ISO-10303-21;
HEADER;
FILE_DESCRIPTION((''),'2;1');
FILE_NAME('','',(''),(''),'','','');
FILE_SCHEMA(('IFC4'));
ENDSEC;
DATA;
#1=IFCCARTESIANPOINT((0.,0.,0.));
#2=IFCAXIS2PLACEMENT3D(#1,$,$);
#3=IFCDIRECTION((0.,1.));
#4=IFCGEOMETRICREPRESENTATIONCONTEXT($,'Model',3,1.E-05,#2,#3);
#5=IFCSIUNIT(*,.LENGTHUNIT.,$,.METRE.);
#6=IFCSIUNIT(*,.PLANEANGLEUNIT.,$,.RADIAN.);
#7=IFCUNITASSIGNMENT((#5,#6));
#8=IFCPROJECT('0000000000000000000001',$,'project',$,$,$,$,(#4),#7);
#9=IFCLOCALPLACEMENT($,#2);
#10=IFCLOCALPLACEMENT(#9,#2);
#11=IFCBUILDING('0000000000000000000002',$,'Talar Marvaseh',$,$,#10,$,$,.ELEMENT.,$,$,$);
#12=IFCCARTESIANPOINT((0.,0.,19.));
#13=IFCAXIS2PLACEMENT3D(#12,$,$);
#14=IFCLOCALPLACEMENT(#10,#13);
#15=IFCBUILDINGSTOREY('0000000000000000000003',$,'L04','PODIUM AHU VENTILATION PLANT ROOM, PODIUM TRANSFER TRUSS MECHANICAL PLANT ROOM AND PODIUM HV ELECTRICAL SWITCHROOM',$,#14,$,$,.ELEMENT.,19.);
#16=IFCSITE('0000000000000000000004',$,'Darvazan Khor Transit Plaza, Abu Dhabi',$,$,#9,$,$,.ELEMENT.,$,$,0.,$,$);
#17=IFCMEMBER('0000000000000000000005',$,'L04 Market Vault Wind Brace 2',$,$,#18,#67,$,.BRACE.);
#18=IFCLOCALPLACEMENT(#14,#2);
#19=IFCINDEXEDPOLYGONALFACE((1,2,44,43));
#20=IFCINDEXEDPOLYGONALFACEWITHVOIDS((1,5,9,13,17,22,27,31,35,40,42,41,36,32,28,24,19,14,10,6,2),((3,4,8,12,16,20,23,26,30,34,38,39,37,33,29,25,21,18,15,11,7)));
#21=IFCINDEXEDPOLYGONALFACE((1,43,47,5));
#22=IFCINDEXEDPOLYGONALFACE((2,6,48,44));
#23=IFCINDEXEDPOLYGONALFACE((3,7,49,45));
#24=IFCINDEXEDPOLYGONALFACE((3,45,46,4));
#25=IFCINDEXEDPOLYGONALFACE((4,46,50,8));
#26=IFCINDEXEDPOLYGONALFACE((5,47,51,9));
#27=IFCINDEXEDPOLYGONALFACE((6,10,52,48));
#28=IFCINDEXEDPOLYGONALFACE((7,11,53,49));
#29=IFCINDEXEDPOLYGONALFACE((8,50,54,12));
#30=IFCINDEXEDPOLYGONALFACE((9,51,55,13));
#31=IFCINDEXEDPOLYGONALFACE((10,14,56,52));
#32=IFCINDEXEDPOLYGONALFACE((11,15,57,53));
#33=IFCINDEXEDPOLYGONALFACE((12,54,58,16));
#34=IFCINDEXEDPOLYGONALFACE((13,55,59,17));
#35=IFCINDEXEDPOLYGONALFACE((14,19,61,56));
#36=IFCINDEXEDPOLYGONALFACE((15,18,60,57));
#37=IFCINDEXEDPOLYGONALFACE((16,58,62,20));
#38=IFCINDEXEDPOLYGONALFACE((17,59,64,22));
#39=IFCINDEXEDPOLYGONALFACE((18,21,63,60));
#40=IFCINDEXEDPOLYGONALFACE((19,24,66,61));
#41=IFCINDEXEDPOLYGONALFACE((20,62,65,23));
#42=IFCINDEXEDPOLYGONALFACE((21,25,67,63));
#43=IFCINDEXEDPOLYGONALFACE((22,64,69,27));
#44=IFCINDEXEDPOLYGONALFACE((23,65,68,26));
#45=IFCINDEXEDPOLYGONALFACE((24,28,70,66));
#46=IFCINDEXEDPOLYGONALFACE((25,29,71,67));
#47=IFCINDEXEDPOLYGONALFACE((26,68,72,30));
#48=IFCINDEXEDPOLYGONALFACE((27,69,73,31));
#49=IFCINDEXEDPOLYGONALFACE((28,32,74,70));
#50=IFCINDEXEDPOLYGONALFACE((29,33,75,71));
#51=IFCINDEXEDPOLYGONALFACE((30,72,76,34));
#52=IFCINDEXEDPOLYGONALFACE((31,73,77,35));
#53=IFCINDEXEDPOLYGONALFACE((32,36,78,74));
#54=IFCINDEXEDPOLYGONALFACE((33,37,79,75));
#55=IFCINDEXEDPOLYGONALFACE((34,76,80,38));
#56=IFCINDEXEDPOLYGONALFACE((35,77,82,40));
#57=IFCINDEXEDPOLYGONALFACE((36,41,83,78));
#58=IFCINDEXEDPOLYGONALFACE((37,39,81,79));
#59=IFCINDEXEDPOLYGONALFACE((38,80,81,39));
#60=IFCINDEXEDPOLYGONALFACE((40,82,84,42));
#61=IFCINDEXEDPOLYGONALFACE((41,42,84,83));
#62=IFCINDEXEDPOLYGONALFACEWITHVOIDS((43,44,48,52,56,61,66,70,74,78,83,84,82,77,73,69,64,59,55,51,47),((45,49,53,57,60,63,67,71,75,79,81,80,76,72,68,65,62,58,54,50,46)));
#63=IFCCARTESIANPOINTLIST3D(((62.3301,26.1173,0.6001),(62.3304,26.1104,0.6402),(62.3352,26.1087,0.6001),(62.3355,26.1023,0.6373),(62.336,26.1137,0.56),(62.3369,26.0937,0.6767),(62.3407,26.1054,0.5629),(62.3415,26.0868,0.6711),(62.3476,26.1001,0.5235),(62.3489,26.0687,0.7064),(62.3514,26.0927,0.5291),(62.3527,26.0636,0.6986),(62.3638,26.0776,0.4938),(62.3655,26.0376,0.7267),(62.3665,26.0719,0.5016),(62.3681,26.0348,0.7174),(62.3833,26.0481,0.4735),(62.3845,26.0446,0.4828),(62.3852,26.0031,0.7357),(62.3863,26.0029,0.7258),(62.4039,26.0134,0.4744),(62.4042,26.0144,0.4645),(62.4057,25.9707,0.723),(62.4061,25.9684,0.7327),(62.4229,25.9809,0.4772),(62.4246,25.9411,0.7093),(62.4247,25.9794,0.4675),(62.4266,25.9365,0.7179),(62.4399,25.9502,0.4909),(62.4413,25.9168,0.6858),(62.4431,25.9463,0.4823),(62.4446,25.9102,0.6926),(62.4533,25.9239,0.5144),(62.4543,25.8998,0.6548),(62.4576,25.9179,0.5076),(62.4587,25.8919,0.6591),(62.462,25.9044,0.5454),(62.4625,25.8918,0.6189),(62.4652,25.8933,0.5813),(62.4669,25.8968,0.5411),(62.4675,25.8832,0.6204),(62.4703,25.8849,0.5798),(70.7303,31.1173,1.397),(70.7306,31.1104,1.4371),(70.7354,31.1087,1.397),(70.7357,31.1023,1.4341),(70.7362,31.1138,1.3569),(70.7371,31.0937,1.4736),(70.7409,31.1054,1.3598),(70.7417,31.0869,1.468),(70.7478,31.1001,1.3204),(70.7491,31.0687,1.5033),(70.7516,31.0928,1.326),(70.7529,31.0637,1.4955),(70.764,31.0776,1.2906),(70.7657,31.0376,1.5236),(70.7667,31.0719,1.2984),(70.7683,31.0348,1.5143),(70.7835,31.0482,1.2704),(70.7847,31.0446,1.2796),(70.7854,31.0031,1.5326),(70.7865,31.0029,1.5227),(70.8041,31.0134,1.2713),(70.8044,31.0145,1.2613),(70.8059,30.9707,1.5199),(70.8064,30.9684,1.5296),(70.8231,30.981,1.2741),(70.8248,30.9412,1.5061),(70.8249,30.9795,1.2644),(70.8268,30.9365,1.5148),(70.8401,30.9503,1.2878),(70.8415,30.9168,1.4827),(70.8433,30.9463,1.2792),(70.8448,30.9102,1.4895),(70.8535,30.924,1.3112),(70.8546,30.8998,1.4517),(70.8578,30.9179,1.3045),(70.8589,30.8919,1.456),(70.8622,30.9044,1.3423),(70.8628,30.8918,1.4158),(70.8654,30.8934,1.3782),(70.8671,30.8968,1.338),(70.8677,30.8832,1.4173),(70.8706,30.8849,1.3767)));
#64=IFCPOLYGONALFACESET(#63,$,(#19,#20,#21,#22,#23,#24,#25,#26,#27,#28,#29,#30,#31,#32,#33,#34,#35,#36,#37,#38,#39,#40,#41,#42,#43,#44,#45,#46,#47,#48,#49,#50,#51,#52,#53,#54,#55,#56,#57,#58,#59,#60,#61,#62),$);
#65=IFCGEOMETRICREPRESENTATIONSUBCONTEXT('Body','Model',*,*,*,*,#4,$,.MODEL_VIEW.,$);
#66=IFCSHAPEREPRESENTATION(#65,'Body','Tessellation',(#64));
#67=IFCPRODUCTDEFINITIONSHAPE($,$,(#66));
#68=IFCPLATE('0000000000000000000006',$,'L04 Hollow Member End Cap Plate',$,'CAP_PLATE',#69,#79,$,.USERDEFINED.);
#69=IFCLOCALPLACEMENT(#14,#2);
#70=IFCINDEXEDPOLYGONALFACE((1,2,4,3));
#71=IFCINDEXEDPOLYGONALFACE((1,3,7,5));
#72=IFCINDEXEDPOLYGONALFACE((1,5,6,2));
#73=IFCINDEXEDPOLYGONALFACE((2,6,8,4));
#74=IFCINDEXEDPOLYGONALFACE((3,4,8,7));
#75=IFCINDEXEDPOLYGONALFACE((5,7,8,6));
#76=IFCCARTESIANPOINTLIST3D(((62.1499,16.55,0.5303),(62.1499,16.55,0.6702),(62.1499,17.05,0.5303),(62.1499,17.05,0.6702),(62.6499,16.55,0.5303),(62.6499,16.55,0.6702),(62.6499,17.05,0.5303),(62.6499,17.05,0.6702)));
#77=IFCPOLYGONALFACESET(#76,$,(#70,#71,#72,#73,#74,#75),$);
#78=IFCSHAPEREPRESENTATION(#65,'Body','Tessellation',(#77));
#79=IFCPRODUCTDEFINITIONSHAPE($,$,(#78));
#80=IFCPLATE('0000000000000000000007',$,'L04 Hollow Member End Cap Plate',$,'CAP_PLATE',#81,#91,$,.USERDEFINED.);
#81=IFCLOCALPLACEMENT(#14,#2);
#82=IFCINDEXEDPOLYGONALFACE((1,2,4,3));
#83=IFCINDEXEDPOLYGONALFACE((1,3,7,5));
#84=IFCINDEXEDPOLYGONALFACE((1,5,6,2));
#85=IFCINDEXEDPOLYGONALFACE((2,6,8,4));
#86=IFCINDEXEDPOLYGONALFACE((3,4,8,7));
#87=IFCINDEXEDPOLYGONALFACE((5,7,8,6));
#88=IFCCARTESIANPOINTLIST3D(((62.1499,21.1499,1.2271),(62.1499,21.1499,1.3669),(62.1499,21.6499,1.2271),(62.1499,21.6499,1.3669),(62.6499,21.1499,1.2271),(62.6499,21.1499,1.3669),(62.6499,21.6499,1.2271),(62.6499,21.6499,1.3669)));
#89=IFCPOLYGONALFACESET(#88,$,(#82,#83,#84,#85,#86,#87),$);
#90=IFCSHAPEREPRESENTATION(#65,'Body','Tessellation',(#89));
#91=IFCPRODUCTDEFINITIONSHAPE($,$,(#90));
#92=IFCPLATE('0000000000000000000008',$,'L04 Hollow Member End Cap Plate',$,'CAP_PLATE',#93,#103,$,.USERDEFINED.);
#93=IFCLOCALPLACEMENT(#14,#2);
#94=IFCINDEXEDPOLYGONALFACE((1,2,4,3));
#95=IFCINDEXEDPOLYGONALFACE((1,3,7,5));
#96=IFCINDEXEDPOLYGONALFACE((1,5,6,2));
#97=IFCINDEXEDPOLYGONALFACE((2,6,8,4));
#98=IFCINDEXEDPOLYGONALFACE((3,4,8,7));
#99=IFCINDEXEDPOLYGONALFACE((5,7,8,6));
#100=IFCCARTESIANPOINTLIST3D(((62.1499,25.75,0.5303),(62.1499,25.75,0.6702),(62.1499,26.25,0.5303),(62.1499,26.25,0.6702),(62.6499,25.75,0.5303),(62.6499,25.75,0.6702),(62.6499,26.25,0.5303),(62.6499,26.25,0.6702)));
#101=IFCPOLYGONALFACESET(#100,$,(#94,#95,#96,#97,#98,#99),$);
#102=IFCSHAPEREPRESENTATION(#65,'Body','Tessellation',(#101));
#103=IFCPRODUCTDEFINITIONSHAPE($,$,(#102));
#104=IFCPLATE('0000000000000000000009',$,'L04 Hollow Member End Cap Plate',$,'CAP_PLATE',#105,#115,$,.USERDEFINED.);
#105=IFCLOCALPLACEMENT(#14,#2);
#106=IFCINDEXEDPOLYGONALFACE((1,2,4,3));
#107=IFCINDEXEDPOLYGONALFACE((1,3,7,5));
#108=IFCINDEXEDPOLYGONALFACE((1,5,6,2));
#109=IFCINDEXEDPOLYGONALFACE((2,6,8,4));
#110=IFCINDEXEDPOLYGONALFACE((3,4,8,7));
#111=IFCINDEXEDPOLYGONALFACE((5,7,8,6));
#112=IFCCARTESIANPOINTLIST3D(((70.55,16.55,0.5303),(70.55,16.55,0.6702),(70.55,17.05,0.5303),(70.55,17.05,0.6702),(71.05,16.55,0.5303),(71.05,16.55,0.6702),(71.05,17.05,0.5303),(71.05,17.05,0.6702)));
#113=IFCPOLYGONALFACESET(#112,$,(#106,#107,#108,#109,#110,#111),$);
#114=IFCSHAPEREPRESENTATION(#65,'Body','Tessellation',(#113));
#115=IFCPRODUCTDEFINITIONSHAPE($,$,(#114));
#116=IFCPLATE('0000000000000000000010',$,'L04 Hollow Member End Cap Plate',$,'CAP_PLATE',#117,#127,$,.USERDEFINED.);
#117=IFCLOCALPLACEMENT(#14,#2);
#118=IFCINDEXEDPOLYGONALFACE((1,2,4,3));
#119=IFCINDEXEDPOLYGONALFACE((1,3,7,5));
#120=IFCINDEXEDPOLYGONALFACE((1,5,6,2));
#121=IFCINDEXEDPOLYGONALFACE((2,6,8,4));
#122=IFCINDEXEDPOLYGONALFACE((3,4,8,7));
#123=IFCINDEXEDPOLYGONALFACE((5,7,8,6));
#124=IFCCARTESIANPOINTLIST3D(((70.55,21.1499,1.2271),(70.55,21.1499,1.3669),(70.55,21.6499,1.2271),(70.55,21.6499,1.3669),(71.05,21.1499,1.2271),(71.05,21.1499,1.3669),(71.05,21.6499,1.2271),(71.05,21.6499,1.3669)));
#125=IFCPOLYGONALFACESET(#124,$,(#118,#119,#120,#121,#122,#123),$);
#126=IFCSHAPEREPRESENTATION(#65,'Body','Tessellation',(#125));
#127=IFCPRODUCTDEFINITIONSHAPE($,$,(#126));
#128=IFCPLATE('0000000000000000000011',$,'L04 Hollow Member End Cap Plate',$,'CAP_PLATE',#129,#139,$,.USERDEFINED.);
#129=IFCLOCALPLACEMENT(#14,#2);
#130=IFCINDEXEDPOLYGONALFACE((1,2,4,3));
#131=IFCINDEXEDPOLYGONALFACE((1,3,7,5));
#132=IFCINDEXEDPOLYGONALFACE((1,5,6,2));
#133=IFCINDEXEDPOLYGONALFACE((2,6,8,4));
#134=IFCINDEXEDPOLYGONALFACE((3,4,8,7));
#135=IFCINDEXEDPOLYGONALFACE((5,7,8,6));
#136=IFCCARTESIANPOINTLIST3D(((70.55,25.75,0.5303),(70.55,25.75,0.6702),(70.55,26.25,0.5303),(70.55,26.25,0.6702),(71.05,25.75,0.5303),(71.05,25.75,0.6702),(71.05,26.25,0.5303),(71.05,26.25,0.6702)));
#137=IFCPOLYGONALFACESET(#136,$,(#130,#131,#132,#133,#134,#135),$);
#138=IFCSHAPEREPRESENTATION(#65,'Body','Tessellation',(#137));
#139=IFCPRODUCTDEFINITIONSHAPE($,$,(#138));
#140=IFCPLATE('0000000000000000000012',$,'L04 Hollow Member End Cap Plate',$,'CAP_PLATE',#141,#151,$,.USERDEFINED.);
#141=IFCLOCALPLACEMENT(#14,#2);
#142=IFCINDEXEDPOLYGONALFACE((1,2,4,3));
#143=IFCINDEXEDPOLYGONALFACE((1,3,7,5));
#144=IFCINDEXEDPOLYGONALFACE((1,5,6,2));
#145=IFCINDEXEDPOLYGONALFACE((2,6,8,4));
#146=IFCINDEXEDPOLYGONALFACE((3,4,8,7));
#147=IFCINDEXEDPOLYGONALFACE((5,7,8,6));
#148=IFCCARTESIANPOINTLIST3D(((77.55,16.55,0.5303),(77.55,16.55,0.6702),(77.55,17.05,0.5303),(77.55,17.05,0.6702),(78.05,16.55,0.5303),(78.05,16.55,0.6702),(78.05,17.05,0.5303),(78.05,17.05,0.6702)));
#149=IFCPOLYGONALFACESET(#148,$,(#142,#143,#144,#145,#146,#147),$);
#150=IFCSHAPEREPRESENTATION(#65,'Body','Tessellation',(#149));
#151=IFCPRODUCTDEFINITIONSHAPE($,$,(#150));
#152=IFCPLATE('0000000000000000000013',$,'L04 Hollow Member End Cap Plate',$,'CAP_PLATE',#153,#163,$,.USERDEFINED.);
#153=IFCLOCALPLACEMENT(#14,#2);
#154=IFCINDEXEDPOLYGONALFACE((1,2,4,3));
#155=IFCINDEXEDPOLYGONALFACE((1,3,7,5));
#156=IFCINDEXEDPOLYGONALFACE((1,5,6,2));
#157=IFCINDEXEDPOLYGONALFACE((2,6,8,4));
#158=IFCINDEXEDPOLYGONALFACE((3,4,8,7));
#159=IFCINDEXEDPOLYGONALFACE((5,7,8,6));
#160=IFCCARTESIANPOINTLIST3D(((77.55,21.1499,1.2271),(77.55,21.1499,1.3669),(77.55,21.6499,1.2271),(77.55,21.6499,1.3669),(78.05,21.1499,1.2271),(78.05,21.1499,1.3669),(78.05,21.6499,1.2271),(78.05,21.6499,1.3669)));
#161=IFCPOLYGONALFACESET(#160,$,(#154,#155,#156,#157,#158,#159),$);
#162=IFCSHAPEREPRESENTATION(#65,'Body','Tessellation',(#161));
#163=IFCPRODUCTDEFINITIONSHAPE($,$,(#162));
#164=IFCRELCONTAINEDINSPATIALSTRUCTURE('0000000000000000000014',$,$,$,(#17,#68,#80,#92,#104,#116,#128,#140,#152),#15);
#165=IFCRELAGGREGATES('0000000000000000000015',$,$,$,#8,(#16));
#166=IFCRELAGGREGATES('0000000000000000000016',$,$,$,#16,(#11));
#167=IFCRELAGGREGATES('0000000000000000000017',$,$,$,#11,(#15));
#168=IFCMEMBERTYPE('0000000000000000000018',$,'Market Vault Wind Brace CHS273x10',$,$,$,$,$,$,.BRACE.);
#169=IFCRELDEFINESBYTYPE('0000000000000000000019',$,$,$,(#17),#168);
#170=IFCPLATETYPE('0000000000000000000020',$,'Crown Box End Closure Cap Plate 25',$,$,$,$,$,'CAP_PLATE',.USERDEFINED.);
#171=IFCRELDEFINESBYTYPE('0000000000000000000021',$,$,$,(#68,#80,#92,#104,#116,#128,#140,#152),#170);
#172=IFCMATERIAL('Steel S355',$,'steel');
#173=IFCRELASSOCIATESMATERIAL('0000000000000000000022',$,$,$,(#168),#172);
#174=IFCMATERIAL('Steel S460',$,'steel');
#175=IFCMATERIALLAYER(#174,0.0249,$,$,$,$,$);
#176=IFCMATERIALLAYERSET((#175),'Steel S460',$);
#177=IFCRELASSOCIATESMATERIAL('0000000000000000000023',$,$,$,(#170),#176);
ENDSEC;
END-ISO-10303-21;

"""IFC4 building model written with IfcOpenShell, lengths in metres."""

from ifc_helpers import new_model, si_unit, direction, frame, origin, origin_2d, place, context, subcontext, project, spatial, rectangle, hollow_circle, extrude, source, transform, mapped, material, layer, layer_set, material_profile, profile_set, type_object, type_shapes, element, save


model = new_model("IFC4")

# Units and contexts
model_context = context("Model", 3, precision=1e-05, world=origin(), true_north=direction((0.0, 1.0)))
body_context = subcontext(model_context, "Body", "Model", "MODEL_VIEW")
ifc_project = project(units=[si_unit("LENGTHUNIT", "METRE"), si_unit("PLANEANGLEUNIT", "RADIAN")], contexts=[model_context])

# Site, building, storey
site_placement = place(None, origin())
site = spatial("IfcSite", under=ifc_project, at=site_placement, Name="Darvazan Khor Transit Plaza, Abu Dhabi", CompositionType="ELEMENT", RefElevation=0.0)
building_placement = place(site_placement, origin())
building = spatial("IfcBuilding", under=site, at=building_placement, Name="Talar Marvaseh", CompositionType="ELEMENT")
storey_placement = place(building_placement, frame((0.0, 0.0, 19.0)))
storey = spatial("IfcBuildingStorey", under=building, at=storey_placement, Name="L04", Description="PODIUM AHU VENTILATION PLANT ROOM, PODIUM TRANSFER TRUSS MECHANICAL PLANT ROOM AND PODIUM HV ELECTRICAL SWITCHROOM", CompositionType="ELEMENT", Elevation=19.0)

# Shared definitions
ifc_material_1 = material(Name="Steel S355", Category="steel")

# Member
ifc_material_profile_1 = material_profile(ifc_material_1, hollow_circle(Radius=0.1365, WallThickness=0.01, at=origin_2d()), Name="CHS273x10")
ifc_profile_set_1 = profile_set([ifc_material_profile_1], Name="Steel S355")
member_type_1 = type_object("IfcMemberType", Name="Market Vault Wind Brace CHS273x10", PredefinedType="BRACE", material=ifc_profile_set_1)
shared_shape_1 = source(origin(), body_context, "Body", "SweptSolid", [
    extrude(hollow_circle(Radius=0.1365, WallThickness=0.01, at=origin_2d()), origin(), (0.0, 0.0, 1.0), 9.8081),
])
member_1_placement = place(storey_placement, frame((62.3999, 26.0, 0.6001), z_axis=(0.856456, 0.509786, 0.081247), x_axis=(-0.511477, 0.859297, 0.0)))
element("IfcMember", 1, at=member_1_placement, inside=storey, type_object=member_type_1, Name="L04 Market Vault Wind Brace 2", PredefinedType="BRACE", context=body_context, shape_type="MappedRepresentation", body=[
    mapped(shared_shape_1, transform((0.0, 0.0, 0.0), x_axis=(1.0, 0.0, 0.0), y_axis=(0.0, 1.0, 0.0), z_axis=(0.0, 0.0, 1.0), scale=1.0)),
])

# Plates
ifc_material_2 = material(Name="Steel S460", Category="steel")
ifc_layer = layer(ifc_material_2, 0.0249)
ifc_layer_set = layer_set([ifc_layer], Name="Steel S460")
plate_type = type_object("IfcPlateType", Name="Crown Box End Closure Cap Plate 25", ElementType="CAP_PLATE", PredefinedType="USERDEFINED", material=ifc_layer_set)
shared_shape_2 = source(origin(), body_context, "Body", "SweptSolid", [
    extrude(rectangle(XDim=0.5, YDim=0.5, at=origin_2d()), origin(), (0.0, 0.0, 1.0), 0.1399),
])
type_shapes(plate_type, [shared_shape_2])
for number, where, z_axis, x_axis, name in (
    (2, (62.3999, 16.8, 0.5303), (0.0, 0.0, 1.0), (0.0, 1.0, 0.0), "L04 Hollow Member End Cap Plate"),
    (3, (62.3999, 21.3999, 1.2271), (0.0, 0.0, 1.0), (0.0, 1.0, 0.0), "L04 Hollow Member End Cap Plate"),
    (4, (62.3999, 26.0, 0.5303), (0.0, 0.0, 1.0), (0.0, 1.0, 0.0), "L04 Hollow Member End Cap Plate"),
    (5, (70.8, 16.8, 0.5303), (0.0, 0.0, 1.0), (0.0, 1.0, 0.0), "L04 Hollow Member End Cap Plate"),
    (6, (70.8, 21.3999, 1.2271), (0.0, 0.0, 1.0), (0.0, 1.0, 0.0), "L04 Hollow Member End Cap Plate"),
    (7, (70.8, 26.0, 0.5303), (0.0, 0.0, 1.0), (0.0, 1.0, 0.0), "L04 Hollow Member End Cap Plate"),
    (8, (77.8, 16.8, 0.5303), (0.0, 0.0, 1.0), (0.0, 1.0, 0.0), "L04 Hollow Member End Cap Plate"),
    (9, (77.8, 21.3999, 1.2271), (0.0, 0.0, 1.0), (0.0, 1.0, 0.0), "L04 Hollow Member End Cap Plate"),
):
    element("IfcPlate", number, at=place(storey_placement, frame(where, z_axis=z_axis, x_axis=x_axis)), inside=storey, type_object=plate_type, Name=name, ObjectType="CAP_PLATE", PredefinedType="USERDEFINED", context=body_context, shape_type="MappedRepresentation", body=[
        mapped(shared_shape_2, transform((0.0, 0.0, 0.0), x_axis=(1.0, 0.0, 0.0), y_axis=(0.0, 1.0, 0.0), z_axis=(0.0, 0.0, 1.0), scale=1.0)),
    ])

save(model, "model.ifc")
